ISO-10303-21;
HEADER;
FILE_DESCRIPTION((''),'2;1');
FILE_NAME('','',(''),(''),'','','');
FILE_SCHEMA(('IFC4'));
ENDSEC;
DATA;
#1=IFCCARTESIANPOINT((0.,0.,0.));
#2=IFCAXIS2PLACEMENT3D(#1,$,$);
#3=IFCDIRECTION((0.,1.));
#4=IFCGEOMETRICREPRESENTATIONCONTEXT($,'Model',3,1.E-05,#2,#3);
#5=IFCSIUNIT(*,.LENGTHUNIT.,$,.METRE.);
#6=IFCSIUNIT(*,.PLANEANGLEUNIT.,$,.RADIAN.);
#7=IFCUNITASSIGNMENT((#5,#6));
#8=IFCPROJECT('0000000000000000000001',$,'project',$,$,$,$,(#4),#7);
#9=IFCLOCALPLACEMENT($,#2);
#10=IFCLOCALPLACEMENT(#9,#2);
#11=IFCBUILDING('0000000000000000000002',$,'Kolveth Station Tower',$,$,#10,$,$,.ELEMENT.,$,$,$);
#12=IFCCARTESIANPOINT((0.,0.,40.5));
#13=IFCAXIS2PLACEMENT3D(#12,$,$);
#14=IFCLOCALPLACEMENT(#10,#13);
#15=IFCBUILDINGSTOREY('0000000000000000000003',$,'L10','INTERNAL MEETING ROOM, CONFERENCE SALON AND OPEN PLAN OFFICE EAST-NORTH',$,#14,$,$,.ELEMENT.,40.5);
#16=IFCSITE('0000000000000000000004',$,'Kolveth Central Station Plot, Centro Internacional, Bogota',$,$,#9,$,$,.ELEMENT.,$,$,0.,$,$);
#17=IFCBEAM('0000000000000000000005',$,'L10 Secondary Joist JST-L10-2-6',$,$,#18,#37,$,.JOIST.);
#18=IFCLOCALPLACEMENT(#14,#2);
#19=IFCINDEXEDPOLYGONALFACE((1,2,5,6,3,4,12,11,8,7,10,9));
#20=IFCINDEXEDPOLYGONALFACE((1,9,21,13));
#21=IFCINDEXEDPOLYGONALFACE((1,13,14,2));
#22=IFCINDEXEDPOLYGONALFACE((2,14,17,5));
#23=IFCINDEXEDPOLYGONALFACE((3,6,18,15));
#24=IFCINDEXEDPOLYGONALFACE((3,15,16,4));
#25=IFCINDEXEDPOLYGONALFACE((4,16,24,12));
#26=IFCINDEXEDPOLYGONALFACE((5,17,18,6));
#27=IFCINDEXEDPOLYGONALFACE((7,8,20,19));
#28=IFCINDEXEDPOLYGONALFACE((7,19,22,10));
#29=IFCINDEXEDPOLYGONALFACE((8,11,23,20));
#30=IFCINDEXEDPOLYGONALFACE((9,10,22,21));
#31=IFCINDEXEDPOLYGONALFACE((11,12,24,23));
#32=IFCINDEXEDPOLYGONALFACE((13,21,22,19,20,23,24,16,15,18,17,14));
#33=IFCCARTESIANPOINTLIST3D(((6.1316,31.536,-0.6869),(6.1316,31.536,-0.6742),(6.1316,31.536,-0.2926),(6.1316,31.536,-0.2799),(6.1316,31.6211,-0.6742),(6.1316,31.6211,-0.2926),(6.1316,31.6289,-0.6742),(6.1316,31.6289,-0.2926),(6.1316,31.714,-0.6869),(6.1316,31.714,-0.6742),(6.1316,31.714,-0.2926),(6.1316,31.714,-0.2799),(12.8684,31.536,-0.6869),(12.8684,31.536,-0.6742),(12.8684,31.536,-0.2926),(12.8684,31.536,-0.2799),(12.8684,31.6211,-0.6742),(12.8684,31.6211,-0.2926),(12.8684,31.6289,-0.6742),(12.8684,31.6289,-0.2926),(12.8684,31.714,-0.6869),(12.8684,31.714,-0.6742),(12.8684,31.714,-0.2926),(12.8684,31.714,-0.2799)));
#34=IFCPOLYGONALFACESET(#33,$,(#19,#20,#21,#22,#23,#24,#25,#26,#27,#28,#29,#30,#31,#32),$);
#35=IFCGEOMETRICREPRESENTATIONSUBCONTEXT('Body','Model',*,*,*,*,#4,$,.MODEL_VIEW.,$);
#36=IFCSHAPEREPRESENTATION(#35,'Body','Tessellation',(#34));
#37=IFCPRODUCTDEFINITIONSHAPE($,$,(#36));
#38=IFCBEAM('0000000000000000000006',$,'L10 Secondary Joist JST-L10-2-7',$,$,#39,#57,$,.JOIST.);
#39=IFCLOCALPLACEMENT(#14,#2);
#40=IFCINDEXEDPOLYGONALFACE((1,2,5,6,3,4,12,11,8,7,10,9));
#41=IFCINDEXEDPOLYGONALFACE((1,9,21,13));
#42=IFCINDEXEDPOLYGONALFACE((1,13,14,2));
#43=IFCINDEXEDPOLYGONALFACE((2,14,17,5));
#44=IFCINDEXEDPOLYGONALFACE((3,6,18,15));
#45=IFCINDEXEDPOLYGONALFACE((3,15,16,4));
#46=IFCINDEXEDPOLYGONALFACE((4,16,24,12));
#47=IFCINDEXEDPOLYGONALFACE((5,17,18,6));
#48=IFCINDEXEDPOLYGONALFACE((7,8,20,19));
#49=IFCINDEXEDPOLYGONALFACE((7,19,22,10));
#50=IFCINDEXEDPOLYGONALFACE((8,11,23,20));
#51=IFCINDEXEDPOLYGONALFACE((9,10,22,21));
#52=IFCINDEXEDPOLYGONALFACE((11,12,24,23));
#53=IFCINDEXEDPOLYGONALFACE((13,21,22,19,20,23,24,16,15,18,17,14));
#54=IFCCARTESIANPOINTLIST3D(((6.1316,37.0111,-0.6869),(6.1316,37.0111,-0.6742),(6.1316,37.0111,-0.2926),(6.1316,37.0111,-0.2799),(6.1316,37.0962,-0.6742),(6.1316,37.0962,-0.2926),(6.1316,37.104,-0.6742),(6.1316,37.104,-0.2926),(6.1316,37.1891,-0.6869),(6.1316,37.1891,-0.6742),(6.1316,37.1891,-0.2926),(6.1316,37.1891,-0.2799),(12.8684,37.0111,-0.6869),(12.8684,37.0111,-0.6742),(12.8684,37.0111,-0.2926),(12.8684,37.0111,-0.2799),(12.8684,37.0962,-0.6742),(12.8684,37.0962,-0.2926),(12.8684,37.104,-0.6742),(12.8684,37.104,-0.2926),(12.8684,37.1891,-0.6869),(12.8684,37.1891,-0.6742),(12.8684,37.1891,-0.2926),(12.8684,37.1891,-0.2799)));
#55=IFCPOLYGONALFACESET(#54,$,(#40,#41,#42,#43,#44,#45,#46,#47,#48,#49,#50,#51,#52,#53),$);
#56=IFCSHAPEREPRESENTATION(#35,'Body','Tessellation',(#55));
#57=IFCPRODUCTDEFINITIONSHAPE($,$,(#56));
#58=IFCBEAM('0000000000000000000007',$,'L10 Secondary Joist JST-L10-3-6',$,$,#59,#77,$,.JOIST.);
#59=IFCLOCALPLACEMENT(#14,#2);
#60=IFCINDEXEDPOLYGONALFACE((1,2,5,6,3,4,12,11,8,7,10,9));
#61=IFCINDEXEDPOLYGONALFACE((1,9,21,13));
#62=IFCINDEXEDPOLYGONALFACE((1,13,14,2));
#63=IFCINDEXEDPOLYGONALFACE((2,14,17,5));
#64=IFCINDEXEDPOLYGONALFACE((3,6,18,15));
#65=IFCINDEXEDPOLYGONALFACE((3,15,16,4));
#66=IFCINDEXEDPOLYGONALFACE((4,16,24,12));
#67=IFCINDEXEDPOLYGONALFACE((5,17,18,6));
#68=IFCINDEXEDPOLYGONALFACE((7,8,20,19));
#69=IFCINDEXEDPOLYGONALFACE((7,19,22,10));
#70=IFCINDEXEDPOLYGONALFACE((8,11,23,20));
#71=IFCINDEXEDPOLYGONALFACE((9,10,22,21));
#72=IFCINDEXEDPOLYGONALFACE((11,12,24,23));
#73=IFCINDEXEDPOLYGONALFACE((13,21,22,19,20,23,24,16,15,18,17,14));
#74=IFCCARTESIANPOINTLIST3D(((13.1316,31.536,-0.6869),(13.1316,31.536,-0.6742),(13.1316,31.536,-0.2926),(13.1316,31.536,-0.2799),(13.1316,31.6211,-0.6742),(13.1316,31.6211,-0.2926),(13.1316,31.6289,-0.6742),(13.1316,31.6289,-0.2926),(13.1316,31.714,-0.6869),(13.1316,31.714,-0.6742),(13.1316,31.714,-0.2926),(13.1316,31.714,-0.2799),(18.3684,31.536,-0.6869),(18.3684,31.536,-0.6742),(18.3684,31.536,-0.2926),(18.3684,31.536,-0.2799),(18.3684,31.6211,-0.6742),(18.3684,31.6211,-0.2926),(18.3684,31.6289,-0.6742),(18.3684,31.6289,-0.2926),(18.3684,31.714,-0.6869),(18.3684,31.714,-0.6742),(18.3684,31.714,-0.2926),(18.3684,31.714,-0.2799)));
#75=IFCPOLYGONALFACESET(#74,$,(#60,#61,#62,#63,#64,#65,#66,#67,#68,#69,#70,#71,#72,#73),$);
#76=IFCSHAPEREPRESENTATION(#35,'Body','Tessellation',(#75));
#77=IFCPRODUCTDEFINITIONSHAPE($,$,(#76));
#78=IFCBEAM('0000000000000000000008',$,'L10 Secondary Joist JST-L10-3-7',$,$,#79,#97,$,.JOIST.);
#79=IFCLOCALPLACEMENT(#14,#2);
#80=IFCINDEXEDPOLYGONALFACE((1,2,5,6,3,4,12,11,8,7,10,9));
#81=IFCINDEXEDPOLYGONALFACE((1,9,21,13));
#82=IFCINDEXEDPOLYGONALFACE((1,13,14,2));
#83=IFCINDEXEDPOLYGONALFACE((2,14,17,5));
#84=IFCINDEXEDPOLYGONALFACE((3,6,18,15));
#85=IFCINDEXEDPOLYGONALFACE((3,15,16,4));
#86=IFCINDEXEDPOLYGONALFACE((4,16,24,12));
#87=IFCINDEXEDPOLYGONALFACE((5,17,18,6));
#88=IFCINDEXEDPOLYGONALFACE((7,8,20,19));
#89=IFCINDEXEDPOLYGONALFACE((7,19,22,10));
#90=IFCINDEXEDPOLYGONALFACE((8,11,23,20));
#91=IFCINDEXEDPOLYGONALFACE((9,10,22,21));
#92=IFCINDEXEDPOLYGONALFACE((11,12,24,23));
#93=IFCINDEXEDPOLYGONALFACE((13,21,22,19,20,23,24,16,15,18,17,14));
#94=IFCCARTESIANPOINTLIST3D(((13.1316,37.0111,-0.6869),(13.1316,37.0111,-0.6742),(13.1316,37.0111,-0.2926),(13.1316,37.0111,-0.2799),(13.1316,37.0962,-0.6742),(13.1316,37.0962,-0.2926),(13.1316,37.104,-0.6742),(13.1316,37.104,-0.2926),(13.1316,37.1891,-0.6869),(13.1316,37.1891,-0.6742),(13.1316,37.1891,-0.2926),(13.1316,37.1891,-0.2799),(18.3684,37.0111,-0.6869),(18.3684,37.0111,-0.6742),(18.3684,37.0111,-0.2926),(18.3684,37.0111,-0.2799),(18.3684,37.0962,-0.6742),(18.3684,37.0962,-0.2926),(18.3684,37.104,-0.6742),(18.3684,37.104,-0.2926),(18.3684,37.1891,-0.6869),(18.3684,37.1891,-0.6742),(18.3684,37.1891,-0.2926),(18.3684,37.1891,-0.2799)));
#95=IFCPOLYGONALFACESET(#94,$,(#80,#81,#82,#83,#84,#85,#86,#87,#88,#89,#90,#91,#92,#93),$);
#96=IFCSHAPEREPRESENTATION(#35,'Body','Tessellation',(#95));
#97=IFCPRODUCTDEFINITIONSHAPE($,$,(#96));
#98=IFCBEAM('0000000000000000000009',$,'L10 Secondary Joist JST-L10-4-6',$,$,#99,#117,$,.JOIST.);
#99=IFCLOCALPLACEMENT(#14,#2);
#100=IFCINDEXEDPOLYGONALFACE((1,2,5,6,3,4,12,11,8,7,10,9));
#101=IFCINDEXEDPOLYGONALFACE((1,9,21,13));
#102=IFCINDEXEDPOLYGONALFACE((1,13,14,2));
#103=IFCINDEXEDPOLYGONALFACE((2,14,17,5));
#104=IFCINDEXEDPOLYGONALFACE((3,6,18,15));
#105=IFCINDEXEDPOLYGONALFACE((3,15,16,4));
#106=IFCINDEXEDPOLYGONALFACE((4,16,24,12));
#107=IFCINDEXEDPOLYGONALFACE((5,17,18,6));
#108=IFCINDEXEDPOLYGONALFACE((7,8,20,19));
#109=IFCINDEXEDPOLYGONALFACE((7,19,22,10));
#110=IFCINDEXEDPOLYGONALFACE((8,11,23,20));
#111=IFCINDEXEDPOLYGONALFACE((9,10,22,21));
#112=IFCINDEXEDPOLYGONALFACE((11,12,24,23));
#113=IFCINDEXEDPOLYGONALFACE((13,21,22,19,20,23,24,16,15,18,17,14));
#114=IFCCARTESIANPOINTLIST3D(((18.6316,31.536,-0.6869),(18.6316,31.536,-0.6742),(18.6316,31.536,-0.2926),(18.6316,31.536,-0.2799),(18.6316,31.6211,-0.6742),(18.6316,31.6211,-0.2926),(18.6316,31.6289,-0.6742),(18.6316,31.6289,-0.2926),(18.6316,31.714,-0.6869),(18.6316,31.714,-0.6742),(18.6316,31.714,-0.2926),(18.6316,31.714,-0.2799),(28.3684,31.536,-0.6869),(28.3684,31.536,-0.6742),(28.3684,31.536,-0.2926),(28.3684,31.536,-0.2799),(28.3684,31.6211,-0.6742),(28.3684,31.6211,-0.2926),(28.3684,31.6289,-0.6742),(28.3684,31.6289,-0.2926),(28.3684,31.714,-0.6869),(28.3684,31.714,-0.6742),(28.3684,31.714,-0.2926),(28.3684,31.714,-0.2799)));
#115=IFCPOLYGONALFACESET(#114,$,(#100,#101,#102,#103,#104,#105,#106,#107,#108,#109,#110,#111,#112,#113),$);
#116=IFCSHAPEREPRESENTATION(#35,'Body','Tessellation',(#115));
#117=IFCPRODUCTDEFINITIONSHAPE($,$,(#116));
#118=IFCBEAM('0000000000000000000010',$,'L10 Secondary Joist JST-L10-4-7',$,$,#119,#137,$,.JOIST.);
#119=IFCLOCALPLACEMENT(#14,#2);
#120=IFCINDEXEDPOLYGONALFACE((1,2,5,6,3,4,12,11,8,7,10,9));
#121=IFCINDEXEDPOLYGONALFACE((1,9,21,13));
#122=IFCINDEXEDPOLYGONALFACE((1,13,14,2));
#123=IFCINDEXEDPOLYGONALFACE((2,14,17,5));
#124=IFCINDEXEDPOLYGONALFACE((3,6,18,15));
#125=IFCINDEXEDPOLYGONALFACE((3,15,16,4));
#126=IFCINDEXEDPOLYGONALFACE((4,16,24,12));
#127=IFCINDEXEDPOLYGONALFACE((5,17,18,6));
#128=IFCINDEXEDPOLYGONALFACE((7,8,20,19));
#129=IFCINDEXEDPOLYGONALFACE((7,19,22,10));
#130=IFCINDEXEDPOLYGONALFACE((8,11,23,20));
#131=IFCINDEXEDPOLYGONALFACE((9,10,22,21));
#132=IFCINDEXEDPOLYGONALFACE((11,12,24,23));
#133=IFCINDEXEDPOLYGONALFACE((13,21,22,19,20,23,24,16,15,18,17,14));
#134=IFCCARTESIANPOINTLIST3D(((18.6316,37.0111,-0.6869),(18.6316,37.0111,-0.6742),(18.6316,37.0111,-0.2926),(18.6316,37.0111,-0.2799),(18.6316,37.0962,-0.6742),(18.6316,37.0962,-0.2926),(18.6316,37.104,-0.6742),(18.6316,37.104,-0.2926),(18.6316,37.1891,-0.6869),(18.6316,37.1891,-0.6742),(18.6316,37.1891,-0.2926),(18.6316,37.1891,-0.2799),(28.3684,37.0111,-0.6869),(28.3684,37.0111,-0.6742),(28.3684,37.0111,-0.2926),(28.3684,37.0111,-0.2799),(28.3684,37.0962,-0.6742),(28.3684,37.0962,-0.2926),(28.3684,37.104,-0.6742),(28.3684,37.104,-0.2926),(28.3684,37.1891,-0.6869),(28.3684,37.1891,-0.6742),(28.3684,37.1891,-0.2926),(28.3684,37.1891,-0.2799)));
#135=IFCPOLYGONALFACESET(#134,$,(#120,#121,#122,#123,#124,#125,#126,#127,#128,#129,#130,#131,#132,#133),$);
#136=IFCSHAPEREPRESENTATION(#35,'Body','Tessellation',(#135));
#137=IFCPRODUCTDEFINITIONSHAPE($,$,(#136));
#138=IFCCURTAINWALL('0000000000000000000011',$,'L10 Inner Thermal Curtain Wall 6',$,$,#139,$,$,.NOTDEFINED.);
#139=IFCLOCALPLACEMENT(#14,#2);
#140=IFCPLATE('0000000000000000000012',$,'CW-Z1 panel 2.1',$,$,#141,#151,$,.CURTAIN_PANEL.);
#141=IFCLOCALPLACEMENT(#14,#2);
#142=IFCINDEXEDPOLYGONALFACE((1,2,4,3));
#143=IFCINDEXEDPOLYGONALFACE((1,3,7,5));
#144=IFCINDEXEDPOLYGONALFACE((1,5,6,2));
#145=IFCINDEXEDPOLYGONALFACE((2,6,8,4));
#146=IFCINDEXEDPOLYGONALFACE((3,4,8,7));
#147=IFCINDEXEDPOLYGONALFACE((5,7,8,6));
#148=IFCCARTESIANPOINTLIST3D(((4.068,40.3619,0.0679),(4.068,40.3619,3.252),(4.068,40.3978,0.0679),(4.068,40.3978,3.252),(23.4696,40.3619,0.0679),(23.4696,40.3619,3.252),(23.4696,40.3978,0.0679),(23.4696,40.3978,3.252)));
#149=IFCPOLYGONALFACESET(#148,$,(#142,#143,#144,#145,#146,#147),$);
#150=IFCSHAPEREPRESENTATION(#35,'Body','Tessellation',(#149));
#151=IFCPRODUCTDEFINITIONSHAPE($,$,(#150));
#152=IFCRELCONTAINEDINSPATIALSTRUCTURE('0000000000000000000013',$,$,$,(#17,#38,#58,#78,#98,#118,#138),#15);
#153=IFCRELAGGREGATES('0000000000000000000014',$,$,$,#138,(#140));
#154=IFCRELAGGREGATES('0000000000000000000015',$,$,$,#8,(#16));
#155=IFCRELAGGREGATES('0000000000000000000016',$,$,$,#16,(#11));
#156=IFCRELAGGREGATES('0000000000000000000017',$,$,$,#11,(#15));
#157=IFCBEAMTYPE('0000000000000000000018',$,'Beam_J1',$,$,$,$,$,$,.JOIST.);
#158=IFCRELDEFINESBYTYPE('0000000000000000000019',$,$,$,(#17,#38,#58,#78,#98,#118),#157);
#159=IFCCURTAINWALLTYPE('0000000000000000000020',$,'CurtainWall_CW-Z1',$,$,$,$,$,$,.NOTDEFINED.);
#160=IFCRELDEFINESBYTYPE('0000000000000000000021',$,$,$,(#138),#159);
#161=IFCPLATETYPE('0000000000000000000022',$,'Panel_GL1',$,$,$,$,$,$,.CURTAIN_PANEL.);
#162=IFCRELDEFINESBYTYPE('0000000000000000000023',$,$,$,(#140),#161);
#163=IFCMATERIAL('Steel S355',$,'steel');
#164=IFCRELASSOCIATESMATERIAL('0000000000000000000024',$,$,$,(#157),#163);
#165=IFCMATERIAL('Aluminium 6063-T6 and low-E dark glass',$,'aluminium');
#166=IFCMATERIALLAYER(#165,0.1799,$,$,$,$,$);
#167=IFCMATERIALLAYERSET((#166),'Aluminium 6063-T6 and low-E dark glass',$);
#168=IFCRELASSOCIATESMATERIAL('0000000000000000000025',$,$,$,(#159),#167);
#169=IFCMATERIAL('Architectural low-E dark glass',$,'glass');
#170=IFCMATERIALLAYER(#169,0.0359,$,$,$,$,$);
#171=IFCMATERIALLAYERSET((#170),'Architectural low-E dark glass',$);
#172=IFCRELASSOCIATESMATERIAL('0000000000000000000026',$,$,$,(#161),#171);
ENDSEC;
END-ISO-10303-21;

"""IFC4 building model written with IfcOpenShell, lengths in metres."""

from ifc_helpers import new_model, si_unit, direction, frame, origin, origin_2d, place, context, subcontext, project, spatial, rectangle, i_section, extrude, source, transform, mapped, material, layer, layer_set, material_profile, profile_set, type_object, element, aggregate, save


model = new_model("IFC4")

# Units and contexts
model_context = context("Model", 3, precision=1e-05, world=origin(), true_north=direction((0.0, 1.0)))
body_context = subcontext(model_context, "Body", "Model", "MODEL_VIEW")
ifc_project = project(units=[si_unit("LENGTHUNIT", "METRE"), si_unit("PLANEANGLEUNIT", "RADIAN")], contexts=[model_context])

# Site, building, storey
site_placement = place(None, origin())
site = spatial("IfcSite", under=ifc_project, at=site_placement, Name="Kolveth Central Station Plot, Centro Internacional, Bogota", CompositionType="ELEMENT", RefElevation=0.0)
building_placement = place(site_placement, origin())
building = spatial("IfcBuilding", under=site, at=building_placement, Name="Kolveth Station Tower", CompositionType="ELEMENT")
storey_placement = place(building_placement, frame((0.0, 0.0, 40.5)))
storey = spatial("IfcBuildingStorey", under=building, at=storey_placement, Name="L10", Description="INTERNAL MEETING ROOM, CONFERENCE SALON AND OPEN PLAN OFFICE EAST-NORTH", CompositionType="ELEMENT", Elevation=40.5)

# Shared definitions
ifc_material_1 = material(Name="Steel S355", Category="steel")

# Beams
ifc_material_profile_1 = material_profile(ifc_material_1, i_section(OverallWidth=0.178, OverallDepth=0.407, WebThickness=0.0078, FlangeThickness=0.0127, at=origin_2d()), Name="W410x60")
ifc_profile_set_1 = profile_set([ifc_material_profile_1], Name="Steel S355")
beam_type_1 = type_object("IfcBeamType", Name="Beam_J1", PredefinedType="JOIST", material=ifc_profile_set_1)
shared_shape_1 = source(origin(), body_context, "Body", "SweptSolid", [
    extrude(i_section(OverallWidth=0.178, OverallDepth=0.407, WebThickness=0.0078, FlangeThickness=0.0127, at=origin_2d()), origin(), (0.0, 0.0, 1.0), 6.7368),
])
for number, where, z_axis, x_axis, name in (
    (1, (6.1316, 31.625, -0.4834), (1.0, 0.0, 0.0), (0.0, 1.0, 0.0), "L10 Secondary Joist JST-L10-2-6"),
    (2, (6.1316, 37.1001, -0.4834), (1.0, 0.0, 0.0), (0.0, 1.0, 0.0), "L10 Secondary Joist JST-L10-2-7"),
):
    element("IfcBeam", number, at=place(storey_placement, frame(where, z_axis=z_axis, x_axis=x_axis)), inside=storey, type_object=beam_type_1, Name=name, PredefinedType="JOIST", context=body_context, shape_type="MappedRepresentation", body=[
        mapped(shared_shape_1, transform((0.0, 0.0, 0.0), x_axis=(1.0, 0.0, 0.0), y_axis=(0.0, 1.0, 0.0), z_axis=(0.0, 0.0, 1.0), scale=1.0)),
    ])
shared_shape_2 = source(origin(), body_context, "Body", "SweptSolid", [
    extrude(i_section(OverallWidth=0.178, OverallDepth=0.407, WebThickness=0.0078, FlangeThickness=0.0127, at=origin_2d()), origin(), (0.0, 0.0, 1.0), 5.2368),
])
for number, where, z_axis, x_axis, name in (
    (3, (13.1316, 31.625, -0.4834), (1.0, 0.0, 0.0), (0.0, 1.0, 0.0), "L10 Secondary Joist JST-L10-3-6"),
    (4, (13.1316, 37.1001, -0.4834), (1.0, 0.0, 0.0), (0.0, 1.0, 0.0), "L10 Secondary Joist JST-L10-3-7"),
):
    element("IfcBeam", number, at=place(storey_placement, frame(where, z_axis=z_axis, x_axis=x_axis)), inside=storey, type_object=beam_type_1, Name=name, PredefinedType="JOIST", context=body_context, shape_type="MappedRepresentation", body=[
        mapped(shared_shape_2, transform((0.0, 0.0, 0.0), x_axis=(1.0, 0.0, 0.0), y_axis=(0.0, 1.0, 0.0), z_axis=(0.0, 0.0, 1.0), scale=1.0)),
    ])
shared_shape_3 = source(origin(), body_context, "Body", "SweptSolid", [
    extrude(i_section(OverallWidth=0.178, OverallDepth=0.407, WebThickness=0.0078, FlangeThickness=0.0127, at=origin_2d()), origin(), (0.0, 0.0, 1.0), 9.7368),
])
for number, where, z_axis, x_axis, name in (
    (5, (18.6316, 31.625, -0.4834), (1.0, 0.0, 0.0), (0.0, 1.0, 0.0), "L10 Secondary Joist JST-L10-4-6"),
    (6, (18.6316, 37.1001, -0.4834), (1.0, 0.0, 0.0), (0.0, 1.0, 0.0), "L10 Secondary Joist JST-L10-4-7"),
):
    element("IfcBeam", number, at=place(storey_placement, frame(where, z_axis=z_axis, x_axis=x_axis)), inside=storey, type_object=beam_type_1, Name=name, PredefinedType="JOIST", context=body_context, shape_type="MappedRepresentation", body=[
        mapped(shared_shape_3, transform((0.0, 0.0, 0.0), x_axis=(1.0, 0.0, 0.0), y_axis=(0.0, 1.0, 0.0), z_axis=(0.0, 0.0, 1.0), scale=1.0)),
    ])

# Curtain wall, plate
ifc_material_2 = material(Name="Aluminium 6063-T6 and low-E dark glass", Category="aluminium")
ifc_layer_1 = layer(ifc_material_2, 0.1799)
ifc_layer_set_1 = layer_set([ifc_layer_1], Name="Aluminium 6063-T6 and low-E dark glass")
curtain_wall_type = type_object("IfcCurtainWallType", Name="CurtainWall_CW-Z1", PredefinedType="NOTDEFINED", material=ifc_layer_set_1)
curtain_wall_placement = place(storey_placement, origin())
curtain_wall = element("IfcCurtainWall", 7, at=curtain_wall_placement, inside=storey, type_object=curtain_wall_type, Name="L10 Inner Thermal Curtain Wall 6", PredefinedType="NOTDEFINED")
ifc_material_3 = material(Name="Architectural low-E dark glass", Category="glass")
ifc_layer_2 = layer(ifc_material_3, 0.0359)
ifc_layer_set_2 = layer_set([ifc_layer_2], Name="Architectural low-E dark glass")
plate_type = type_object("IfcPlateType", Name="Panel_GL1", PredefinedType="CURTAIN_PANEL", material=ifc_layer_set_2)
shared_shape_4 = source(origin(), body_context, "Body", "SweptSolid", [
    extrude(rectangle(XDim=19.4016, YDim=0.0359, at=origin_2d()), origin(), (0.0, 0.0, 1.0), 3.1841),
])
plate_placement = place(storey_placement, frame((13.7688, 40.3799, 0.0679), z_axis=(0.0, 0.0, 1.0), x_axis=(-1.0, 0.0, 0.0)))
plate = element("IfcPlate", 8, at=plate_placement, type_object=plate_type, Name="CW-Z1 panel 2.1", PredefinedType="CURTAIN_PANEL", context=body_context, shape_type="MappedRepresentation", body=[
    mapped(shared_shape_4, transform((0.0, 0.0, 0.0), x_axis=(1.0, 0.0, 0.0), y_axis=(0.0, 1.0, 0.0), z_axis=(0.0, 0.0, 1.0), scale=1.0)),
])
aggregate(curtain_wall, [plate])

save(model, "model.ifc")
